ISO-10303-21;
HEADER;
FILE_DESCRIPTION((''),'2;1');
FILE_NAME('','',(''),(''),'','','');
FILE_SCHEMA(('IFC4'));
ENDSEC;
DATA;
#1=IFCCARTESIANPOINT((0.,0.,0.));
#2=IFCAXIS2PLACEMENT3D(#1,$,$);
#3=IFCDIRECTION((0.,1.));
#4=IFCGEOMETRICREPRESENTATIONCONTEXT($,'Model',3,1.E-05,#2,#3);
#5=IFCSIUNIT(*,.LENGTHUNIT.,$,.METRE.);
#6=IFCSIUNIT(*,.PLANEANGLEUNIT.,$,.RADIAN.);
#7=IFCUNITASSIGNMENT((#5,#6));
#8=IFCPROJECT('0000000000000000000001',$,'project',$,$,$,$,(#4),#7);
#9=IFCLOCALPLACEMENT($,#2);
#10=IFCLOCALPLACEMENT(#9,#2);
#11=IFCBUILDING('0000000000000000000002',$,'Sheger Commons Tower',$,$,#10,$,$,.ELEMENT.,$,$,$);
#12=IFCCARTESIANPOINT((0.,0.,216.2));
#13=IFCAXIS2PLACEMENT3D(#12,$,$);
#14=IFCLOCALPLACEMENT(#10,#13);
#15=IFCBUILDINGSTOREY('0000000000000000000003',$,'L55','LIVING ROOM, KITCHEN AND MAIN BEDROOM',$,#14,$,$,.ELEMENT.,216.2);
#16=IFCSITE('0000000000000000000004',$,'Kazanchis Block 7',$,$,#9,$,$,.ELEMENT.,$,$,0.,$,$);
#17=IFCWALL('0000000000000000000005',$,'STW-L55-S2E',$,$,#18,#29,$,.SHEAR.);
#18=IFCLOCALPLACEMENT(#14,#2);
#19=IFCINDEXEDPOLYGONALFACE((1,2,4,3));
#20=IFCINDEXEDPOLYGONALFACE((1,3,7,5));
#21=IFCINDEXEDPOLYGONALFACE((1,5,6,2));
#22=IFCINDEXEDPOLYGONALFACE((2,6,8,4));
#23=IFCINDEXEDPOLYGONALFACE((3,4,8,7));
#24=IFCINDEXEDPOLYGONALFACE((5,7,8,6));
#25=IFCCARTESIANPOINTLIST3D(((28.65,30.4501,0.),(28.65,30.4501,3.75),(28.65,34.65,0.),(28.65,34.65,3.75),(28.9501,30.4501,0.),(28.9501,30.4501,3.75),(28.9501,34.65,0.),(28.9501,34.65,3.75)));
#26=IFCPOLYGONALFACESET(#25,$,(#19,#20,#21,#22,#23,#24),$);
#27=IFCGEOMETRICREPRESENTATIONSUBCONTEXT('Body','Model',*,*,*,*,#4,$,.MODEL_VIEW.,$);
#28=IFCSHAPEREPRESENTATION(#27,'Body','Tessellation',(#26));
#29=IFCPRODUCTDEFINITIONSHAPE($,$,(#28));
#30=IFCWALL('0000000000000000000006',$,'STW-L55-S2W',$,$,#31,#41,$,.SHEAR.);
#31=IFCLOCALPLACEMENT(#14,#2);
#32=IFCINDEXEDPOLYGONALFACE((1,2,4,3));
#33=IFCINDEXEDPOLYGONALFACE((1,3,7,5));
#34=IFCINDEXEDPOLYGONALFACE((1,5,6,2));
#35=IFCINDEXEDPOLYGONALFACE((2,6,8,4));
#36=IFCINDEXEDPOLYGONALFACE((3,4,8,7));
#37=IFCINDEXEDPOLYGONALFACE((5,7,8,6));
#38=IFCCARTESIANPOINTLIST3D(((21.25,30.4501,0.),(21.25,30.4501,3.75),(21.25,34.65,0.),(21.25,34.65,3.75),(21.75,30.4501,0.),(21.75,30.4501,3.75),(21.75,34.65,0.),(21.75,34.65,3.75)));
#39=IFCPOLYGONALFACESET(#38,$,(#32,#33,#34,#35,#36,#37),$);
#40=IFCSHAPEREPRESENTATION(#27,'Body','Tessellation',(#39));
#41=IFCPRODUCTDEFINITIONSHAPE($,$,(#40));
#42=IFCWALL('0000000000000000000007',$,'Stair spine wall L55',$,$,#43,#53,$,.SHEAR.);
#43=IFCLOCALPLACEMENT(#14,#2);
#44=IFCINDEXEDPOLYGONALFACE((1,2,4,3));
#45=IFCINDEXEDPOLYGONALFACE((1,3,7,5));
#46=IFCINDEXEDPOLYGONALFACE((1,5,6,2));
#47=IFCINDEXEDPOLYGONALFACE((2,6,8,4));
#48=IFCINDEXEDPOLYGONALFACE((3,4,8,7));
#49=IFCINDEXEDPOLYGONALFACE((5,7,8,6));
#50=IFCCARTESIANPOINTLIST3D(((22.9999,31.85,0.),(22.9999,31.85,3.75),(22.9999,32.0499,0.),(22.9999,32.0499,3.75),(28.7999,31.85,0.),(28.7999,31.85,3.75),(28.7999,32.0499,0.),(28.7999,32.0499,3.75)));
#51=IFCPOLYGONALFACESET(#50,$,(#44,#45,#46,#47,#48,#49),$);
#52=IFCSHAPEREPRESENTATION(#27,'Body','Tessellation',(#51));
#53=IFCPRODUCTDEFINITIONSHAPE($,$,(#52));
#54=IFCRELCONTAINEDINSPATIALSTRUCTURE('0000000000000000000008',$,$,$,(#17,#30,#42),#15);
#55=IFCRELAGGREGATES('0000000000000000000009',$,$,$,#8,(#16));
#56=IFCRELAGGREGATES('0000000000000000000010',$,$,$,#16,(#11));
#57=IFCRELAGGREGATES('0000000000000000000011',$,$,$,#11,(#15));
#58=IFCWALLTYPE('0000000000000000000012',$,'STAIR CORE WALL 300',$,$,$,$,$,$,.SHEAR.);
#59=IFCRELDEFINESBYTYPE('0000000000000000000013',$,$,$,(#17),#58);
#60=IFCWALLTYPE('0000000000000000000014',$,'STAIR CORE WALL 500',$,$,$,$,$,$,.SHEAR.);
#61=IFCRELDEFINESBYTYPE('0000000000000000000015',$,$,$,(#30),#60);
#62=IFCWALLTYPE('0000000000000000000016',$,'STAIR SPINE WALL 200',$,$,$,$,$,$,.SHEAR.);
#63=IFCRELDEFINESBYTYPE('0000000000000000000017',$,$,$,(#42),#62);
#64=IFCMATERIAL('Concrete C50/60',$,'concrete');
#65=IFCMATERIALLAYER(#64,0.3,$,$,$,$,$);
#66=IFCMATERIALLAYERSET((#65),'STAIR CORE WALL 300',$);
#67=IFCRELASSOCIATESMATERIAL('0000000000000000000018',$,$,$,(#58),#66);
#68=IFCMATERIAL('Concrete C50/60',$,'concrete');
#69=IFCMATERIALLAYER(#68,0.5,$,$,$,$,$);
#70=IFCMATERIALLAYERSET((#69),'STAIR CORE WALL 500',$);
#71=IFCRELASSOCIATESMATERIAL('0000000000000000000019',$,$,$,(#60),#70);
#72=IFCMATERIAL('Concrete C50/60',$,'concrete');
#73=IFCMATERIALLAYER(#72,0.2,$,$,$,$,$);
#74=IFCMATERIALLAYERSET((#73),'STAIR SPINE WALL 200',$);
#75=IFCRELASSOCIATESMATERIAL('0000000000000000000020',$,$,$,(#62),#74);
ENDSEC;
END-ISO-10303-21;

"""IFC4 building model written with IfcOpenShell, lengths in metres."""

from ifc_helpers import new_model, si_unit, direction, frame, frame_2d, origin, place, context, subcontext, project, spatial, rectangle, extrude, material, layer, layer_set, type_object, element, save


model = new_model("IFC4")

# Units and contexts
model_context = context("Model", 3, precision=1e-05, world=origin(), true_north=direction((0.0, 1.0)))
body_context = subcontext(model_context, "Body", "Model", "MODEL_VIEW")
ifc_project = project(units=[si_unit("LENGTHUNIT", "METRE"), si_unit("PLANEANGLEUNIT", "RADIAN")], contexts=[model_context])

# Site, building, storey
site_placement = place(None, origin())
site = spatial("IfcSite", under=ifc_project, at=site_placement, Name="Kazanchis Block 7", CompositionType="ELEMENT", RefElevation=0.0)
building_placement = place(site_placement, origin())
building = spatial("IfcBuilding", under=site, at=building_placement, Name="Sheger Commons Tower", CompositionType="ELEMENT")
storey_placement = place(building_placement, frame((0.0, 0.0, 216.2)))
storey = spatial("IfcBuildingStorey", under=building, at=storey_placement, Name="L55", Description="LIVING ROOM, KITCHEN AND MAIN BEDROOM", CompositionType="ELEMENT", Elevation=216.2)

# Shared definitions
ifc_material_1 = material(Name="Concrete C50/60", Category="concrete")
ifc_layer_1 = layer(ifc_material_1, 0.3)
ifc_layer_set_1 = layer_set([ifc_layer_1], Name="STAIR CORE WALL 300")
wall_type_1 = type_object("IfcWallType", Name="STAIR CORE WALL 300", PredefinedType="SHEAR", material=ifc_layer_set_1)

# Walls
wall_1_placement = place(storey_placement, frame((28.8, 30.45, 0.0), z_axis=(0.0, 0.0, 1.0), x_axis=(0.0, 1.0, 0.0)))
element("IfcWall", 1, at=wall_1_placement, inside=storey, type_object=wall_type_1, Name="STW-L55-S2E", PredefinedType="SHEAR", context=body_context, shape_type="SweptSolid", body=[
    extrude(rectangle(XDim=4.2, YDim=0.3, at=frame_2d((2.1001, 0.0))), origin(), (0.0, 0.0, 1.0), 3.75),
])
ifc_material_2 = material(Name="Concrete C50/60", Category="concrete")
ifc_layer_2 = layer(ifc_material_2, 0.5)
ifc_layer_set_2 = layer_set([ifc_layer_2], Name="STAIR CORE WALL 500")
wall_type_2 = type_object("IfcWallType", Name="STAIR CORE WALL 500", PredefinedType="SHEAR", material=ifc_layer_set_2)
wall_2_placement = place(storey_placement, frame((21.5, 30.45, 0.0), z_axis=(0.0, 0.0, 1.0), x_axis=(0.0, 1.0, 0.0)))
element("IfcWall", 2, at=wall_2_placement, inside=storey, type_object=wall_type_2, Name="STW-L55-S2W", PredefinedType="SHEAR", context=body_context, shape_type="SweptSolid", body=[
    extrude(rectangle(XDim=4.2, YDim=0.5, at=frame_2d((2.1001, 0.0))), origin(), (0.0, 0.0, 1.0), 3.75),
])
ifc_material_3 = material(Name="Concrete C50/60", Category="concrete")
ifc_layer_3 = layer(ifc_material_3, 0.2)
ifc_layer_set_3 = layer_set([ifc_layer_3], Name="STAIR SPINE WALL 200")
wall_type_3 = type_object("IfcWallType", Name="STAIR SPINE WALL 200", PredefinedType="SHEAR", material=ifc_layer_set_3)
wall_3_placement = place(storey_placement, frame((23.0, 31.95, 0.0), z_axis=(0.0, 0.0, 1.0), x_axis=(1.0, 0.0, 0.0)))
element("IfcWall", 3, at=wall_3_placement, inside=storey, type_object=wall_type_3, Name="Stair spine wall L55", PredefinedType="SHEAR", context=body_context, shape_type="SweptSolid", body=[
    extrude(rectangle(XDim=5.8, YDim=0.2, at=frame_2d((2.8999, 0.0))), origin(), (0.0, 0.0, 1.0), 3.75),
])

save(model, "model.ifc")
